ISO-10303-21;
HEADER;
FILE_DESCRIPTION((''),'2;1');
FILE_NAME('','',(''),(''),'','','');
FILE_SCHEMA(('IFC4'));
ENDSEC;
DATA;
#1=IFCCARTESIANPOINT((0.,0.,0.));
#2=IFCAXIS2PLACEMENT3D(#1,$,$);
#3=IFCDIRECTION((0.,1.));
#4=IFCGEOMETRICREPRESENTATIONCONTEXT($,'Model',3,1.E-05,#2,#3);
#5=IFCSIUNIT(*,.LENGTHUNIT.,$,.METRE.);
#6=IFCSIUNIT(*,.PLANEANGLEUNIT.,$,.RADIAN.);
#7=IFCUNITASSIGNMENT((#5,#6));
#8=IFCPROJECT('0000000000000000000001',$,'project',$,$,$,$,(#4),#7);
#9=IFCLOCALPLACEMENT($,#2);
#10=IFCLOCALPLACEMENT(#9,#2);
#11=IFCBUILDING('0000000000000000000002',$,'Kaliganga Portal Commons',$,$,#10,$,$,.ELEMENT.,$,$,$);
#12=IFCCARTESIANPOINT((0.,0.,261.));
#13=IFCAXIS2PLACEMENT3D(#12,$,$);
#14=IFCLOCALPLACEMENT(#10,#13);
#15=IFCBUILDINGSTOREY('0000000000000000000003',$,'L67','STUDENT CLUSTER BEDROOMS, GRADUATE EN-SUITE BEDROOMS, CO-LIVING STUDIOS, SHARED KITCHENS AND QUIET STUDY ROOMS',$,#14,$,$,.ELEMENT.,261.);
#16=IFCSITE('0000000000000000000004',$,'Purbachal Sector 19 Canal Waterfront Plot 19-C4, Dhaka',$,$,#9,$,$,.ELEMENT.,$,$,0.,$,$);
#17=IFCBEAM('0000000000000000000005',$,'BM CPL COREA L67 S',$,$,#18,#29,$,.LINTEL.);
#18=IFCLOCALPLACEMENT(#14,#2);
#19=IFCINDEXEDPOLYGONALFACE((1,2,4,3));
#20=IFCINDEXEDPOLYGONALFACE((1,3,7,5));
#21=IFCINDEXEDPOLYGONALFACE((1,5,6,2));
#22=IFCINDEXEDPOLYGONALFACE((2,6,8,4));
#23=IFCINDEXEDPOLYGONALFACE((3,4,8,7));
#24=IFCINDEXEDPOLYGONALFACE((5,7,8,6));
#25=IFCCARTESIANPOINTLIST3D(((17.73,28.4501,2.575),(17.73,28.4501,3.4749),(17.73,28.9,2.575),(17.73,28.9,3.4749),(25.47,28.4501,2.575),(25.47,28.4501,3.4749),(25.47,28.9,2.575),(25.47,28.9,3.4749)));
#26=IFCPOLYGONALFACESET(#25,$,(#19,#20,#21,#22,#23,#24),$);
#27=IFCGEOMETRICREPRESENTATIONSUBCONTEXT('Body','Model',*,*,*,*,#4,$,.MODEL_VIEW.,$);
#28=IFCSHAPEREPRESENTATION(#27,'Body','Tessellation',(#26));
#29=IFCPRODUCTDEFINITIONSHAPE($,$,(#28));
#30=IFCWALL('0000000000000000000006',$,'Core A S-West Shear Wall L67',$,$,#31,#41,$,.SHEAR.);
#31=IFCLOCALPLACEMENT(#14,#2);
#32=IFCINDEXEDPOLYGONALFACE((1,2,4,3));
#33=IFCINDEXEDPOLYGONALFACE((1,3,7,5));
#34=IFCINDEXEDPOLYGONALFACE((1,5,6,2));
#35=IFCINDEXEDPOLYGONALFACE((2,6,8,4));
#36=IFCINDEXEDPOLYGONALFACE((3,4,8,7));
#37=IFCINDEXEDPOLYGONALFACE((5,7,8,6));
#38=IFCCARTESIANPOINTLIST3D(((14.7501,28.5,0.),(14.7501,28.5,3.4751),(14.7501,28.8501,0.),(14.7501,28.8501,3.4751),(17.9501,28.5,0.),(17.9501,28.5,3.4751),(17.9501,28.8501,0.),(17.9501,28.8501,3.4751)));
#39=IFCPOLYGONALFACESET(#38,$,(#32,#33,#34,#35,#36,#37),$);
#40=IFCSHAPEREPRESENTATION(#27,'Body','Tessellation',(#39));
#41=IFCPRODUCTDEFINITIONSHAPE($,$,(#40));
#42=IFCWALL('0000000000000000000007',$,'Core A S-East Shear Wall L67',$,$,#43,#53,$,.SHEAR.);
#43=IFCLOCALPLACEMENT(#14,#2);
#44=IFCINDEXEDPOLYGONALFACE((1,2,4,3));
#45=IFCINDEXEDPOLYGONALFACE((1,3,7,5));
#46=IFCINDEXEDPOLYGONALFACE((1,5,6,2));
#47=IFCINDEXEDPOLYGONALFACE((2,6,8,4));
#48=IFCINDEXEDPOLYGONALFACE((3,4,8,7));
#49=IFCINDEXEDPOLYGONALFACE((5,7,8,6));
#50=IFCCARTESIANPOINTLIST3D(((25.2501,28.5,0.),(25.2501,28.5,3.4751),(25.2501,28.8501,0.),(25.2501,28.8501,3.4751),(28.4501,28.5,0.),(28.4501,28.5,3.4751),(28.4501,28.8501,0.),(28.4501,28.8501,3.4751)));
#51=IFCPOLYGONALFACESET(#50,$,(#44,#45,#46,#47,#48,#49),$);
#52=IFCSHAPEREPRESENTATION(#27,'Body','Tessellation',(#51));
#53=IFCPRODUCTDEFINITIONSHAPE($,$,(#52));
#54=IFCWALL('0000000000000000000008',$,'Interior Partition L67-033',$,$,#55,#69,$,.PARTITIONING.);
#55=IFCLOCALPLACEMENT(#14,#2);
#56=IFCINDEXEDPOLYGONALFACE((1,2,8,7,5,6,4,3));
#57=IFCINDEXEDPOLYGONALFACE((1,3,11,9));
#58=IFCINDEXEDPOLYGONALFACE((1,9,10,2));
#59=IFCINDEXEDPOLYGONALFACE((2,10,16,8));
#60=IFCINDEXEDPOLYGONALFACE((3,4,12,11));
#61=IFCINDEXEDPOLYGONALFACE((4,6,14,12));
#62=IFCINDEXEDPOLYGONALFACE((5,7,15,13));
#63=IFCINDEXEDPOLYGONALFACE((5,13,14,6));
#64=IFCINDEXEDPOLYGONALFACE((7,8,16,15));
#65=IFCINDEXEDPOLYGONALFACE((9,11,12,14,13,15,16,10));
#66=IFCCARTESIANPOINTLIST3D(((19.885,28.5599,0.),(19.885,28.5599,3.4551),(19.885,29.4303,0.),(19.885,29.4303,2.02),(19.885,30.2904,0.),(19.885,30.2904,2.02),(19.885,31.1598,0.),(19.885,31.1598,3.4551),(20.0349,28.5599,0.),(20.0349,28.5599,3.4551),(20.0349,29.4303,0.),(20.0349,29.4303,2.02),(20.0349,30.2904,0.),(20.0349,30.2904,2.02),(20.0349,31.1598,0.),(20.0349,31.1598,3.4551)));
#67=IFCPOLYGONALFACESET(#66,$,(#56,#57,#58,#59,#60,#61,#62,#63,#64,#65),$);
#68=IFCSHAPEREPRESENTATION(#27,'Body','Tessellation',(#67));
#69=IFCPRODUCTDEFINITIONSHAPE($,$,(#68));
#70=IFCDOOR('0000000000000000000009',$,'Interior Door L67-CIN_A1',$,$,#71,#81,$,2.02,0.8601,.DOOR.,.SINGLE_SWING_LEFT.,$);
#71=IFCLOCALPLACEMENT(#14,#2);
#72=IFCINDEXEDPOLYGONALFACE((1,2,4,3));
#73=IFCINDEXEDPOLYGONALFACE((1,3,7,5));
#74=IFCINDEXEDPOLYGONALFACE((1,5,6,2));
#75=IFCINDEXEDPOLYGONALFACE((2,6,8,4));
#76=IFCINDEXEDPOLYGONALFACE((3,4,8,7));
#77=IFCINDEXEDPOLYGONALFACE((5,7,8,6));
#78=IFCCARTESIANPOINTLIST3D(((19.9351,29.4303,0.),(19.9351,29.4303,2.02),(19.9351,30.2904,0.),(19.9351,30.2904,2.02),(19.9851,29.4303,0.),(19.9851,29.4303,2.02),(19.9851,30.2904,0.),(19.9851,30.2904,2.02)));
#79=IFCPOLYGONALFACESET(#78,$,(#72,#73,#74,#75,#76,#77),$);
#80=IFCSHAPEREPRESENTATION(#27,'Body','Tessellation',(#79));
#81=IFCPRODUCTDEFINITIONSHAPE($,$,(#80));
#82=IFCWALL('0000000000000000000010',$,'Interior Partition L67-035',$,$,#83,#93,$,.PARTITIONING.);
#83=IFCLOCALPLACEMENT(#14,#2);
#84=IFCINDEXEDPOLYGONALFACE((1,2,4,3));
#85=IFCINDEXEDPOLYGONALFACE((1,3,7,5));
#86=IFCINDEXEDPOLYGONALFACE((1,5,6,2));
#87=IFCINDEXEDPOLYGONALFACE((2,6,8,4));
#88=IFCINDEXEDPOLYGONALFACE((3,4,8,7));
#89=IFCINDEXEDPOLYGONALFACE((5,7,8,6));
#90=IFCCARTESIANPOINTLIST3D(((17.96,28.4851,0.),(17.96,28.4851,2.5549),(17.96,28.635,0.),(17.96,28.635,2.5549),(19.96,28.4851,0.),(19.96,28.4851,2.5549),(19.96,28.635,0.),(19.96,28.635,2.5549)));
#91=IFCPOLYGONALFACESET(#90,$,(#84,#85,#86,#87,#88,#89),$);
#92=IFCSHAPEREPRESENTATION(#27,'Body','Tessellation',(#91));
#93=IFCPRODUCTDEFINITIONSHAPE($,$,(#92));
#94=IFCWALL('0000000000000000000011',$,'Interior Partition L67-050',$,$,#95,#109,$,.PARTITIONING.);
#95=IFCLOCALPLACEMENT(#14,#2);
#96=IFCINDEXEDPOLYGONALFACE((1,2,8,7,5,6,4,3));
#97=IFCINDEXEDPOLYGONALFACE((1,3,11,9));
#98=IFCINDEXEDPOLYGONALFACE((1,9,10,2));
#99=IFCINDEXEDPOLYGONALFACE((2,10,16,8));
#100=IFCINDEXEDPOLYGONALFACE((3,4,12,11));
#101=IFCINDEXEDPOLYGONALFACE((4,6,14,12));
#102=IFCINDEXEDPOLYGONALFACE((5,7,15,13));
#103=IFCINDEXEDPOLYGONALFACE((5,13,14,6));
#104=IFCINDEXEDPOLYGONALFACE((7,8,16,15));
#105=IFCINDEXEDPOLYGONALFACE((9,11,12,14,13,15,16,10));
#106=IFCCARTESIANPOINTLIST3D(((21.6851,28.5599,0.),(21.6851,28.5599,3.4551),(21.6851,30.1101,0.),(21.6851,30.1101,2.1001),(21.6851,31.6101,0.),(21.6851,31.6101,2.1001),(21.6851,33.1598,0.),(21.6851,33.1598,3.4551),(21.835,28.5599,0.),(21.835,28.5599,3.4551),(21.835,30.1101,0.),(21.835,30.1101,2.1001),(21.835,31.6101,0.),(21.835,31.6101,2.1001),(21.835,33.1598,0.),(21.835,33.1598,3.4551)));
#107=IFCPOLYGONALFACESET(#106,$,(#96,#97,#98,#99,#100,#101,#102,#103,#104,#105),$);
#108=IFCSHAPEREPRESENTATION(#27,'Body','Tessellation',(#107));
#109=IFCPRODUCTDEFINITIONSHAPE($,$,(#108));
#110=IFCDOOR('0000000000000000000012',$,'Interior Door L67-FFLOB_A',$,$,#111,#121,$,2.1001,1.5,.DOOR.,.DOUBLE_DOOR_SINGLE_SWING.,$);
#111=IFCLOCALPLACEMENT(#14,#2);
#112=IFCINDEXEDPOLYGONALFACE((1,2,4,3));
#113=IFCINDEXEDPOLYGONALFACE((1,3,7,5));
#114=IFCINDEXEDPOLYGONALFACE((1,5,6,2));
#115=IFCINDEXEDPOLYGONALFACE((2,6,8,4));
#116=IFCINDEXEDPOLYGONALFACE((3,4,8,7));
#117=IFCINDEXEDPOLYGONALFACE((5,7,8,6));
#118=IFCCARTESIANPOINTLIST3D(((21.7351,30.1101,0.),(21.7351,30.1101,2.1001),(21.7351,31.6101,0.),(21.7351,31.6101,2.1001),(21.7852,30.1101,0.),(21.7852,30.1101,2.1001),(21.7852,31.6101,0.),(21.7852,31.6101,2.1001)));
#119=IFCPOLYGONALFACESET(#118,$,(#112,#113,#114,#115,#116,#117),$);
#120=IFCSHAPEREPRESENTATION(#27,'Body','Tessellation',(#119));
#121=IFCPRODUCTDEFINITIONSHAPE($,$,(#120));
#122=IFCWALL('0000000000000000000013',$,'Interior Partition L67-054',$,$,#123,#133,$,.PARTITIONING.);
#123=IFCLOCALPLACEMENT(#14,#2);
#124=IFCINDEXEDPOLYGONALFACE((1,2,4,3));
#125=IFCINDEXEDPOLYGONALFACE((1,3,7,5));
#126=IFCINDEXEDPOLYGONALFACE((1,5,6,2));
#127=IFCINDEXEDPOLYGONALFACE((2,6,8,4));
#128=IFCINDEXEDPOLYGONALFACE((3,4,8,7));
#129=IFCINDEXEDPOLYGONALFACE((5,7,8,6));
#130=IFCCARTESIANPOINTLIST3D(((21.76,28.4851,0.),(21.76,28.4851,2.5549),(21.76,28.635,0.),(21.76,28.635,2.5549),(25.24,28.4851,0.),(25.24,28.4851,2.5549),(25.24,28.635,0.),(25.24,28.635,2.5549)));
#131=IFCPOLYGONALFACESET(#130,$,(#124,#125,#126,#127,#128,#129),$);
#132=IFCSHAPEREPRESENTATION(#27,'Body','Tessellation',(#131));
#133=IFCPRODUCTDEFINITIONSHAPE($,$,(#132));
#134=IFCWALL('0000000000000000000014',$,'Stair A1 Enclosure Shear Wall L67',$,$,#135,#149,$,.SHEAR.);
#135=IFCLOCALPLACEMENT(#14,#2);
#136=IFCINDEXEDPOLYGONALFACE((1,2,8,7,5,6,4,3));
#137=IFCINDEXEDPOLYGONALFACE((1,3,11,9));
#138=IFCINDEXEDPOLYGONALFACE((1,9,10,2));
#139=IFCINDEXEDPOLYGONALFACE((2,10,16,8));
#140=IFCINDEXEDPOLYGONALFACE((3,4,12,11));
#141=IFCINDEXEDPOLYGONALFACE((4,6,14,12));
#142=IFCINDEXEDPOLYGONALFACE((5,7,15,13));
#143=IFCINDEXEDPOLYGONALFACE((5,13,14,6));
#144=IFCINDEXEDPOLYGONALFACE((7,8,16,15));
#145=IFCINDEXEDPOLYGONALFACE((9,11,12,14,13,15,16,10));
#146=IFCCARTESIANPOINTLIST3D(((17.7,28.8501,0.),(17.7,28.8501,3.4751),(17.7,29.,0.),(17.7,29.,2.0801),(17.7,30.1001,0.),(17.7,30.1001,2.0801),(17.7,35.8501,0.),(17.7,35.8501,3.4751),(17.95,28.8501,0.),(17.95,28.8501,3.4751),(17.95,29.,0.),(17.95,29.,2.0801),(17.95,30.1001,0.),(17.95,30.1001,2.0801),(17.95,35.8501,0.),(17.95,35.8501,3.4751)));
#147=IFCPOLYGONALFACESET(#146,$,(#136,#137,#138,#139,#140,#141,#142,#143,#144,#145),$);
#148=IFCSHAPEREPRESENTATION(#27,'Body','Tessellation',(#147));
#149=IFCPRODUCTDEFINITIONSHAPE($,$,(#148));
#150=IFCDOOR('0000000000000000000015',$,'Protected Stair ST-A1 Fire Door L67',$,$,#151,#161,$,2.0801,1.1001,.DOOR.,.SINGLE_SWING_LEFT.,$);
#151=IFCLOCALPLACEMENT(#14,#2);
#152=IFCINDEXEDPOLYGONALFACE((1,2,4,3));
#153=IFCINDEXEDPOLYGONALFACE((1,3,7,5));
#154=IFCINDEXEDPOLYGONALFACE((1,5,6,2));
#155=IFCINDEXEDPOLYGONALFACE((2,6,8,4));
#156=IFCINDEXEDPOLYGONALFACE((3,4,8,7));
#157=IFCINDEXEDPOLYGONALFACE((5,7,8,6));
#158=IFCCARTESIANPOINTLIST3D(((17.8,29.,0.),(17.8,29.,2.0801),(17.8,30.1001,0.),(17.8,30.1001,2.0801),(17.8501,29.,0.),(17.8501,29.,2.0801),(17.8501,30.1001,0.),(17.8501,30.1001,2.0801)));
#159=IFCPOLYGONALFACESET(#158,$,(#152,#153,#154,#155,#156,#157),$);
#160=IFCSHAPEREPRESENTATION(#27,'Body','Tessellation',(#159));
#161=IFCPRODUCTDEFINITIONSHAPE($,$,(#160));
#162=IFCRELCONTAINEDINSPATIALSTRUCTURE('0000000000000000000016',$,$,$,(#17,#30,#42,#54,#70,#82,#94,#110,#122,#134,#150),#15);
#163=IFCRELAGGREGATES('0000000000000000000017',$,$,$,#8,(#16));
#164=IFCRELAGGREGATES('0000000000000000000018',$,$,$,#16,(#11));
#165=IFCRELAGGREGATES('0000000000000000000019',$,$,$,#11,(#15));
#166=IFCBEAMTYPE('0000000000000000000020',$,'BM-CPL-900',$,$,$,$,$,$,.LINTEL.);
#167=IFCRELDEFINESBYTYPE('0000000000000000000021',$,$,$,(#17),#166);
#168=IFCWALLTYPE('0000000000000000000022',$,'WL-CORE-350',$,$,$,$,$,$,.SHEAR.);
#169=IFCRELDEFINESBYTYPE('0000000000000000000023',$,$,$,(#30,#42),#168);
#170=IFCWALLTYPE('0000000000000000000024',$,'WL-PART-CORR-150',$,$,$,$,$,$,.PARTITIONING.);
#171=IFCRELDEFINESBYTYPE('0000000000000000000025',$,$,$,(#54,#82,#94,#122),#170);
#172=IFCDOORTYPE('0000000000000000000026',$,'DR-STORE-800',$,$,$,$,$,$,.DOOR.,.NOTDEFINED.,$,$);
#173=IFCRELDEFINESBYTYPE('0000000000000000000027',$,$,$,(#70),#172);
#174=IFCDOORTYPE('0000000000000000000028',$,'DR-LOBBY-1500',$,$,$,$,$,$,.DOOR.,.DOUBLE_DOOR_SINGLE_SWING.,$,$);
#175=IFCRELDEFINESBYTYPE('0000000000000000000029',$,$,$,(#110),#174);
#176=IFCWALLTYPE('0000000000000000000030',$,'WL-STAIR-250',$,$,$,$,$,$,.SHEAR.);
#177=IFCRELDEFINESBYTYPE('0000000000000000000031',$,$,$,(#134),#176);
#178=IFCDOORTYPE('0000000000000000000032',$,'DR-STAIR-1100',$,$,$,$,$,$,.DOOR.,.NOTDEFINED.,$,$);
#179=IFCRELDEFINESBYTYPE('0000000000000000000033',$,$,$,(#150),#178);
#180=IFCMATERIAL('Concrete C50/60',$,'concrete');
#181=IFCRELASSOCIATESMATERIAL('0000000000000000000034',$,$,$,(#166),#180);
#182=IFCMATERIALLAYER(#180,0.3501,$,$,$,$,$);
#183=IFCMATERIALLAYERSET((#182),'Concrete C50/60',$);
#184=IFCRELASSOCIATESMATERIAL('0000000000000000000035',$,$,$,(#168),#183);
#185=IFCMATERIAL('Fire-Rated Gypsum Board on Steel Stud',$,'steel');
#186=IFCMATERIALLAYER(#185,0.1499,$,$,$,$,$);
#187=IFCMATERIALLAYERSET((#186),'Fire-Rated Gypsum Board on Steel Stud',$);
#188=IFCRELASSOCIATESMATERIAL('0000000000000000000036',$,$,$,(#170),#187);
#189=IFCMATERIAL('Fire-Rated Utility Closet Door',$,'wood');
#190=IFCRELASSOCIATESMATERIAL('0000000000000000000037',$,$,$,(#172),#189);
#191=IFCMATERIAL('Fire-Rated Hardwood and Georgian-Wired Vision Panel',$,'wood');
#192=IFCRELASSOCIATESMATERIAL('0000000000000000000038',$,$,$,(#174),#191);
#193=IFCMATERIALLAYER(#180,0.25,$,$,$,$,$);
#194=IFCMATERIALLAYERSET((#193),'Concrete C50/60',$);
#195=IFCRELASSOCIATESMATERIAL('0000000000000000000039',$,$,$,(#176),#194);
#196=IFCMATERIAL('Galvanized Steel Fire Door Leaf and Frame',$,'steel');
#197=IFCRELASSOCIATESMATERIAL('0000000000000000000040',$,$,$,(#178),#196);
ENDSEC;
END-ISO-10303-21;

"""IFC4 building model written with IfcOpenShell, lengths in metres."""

from ifc_helpers import new_model, si_unit, direction, frame, frame_2d, origin, origin_2d, place, context, subcontext, project, spatial, rectangle, extrude, source, transform, mapped, material, layer, layer_set, material_profile, profile_set, type_object, element, fill, save


model = new_model("IFC4")

# Units and contexts
model_context = context("Model", 3, precision=1e-05, world=origin(), true_north=direction((0.0, 1.0)))
body_context = subcontext(model_context, "Body", "Model", "MODEL_VIEW")
ifc_project = project(units=[si_unit("LENGTHUNIT", "METRE"), si_unit("PLANEANGLEUNIT", "RADIAN")], contexts=[model_context])

# Site, building, storey
site_placement = place(None, origin())
site = spatial("IfcSite", under=ifc_project, at=site_placement, Name="Purbachal Sector 19 Canal Waterfront Plot 19-C4, Dhaka", CompositionType="ELEMENT", RefElevation=0.0)
building_placement = place(site_placement, origin())
building = spatial("IfcBuilding", under=site, at=building_placement, Name="Kaliganga Portal Commons", CompositionType="ELEMENT")
storey_placement = place(building_placement, frame((0.0, 0.0, 261.0)))
storey = spatial("IfcBuildingStorey", under=building, at=storey_placement, Name="L67", Description="STUDENT CLUSTER BEDROOMS, GRADUATE EN-SUITE BEDROOMS, CO-LIVING STUDIOS, SHARED KITCHENS AND QUIET STUDY ROOMS", CompositionType="ELEMENT", Elevation=261.0)

# Beam
ifc_material_1 = material(Name="Concrete C50/60", Category="concrete")
ifc_material_profile = material_profile(ifc_material_1, rectangle(XDim=0.45, YDim=0.8999, at=origin_2d()), Name="RC 450x900")
ifc_profile_set = profile_set([ifc_material_profile], Name="Concrete C50/60")
beam_type = type_object("IfcBeamType", Name="BM-CPL-900", PredefinedType="LINTEL", material=ifc_profile_set)
shared_shape_1 = source(origin(), body_context, "Body", "SweptSolid", [
    extrude(rectangle(XDim=0.45, YDim=0.8999, at=origin_2d()), origin(), (0.0, 0.0, 1.0), 7.74),
])
beam_placement = place(storey_placement, frame((17.73, 28.675, 3.0249), z_axis=(1.0, 0.0, 0.0), x_axis=(0.0, 1.0, 0.0)))
element("IfcBeam", 1, at=beam_placement, inside=storey, type_object=beam_type, Name="BM CPL COREA L67 S", PredefinedType="LINTEL", context=body_context, shape_type="MappedRepresentation", body=[
    mapped(shared_shape_1, transform((0.0, 0.0, 0.0), x_axis=(1.0, 0.0, 0.0), y_axis=(0.0, 1.0, 0.0), z_axis=(0.0, 0.0, 1.0), scale=1.0)),
])

# Walls
ifc_layer_1 = layer(ifc_material_1, 0.3501)
ifc_layer_set_1 = layer_set([ifc_layer_1], Name="Concrete C50/60")
wall_type_1 = type_object("IfcWallType", Name="WL-CORE-350", PredefinedType="SHEAR", material=ifc_layer_set_1)
for number, where, z_axis, x_axis, name in (
    (2, (14.75, 28.675, 0.0), (0.0, 0.0, 1.0), (1.0, 0.0, 0.0), "Core A S-West Shear Wall L67"),
    (3, (25.25, 28.675, 0.0), (0.0, 0.0, 1.0), (1.0, 0.0, 0.0), "Core A S-East Shear Wall L67"),
):
    element("IfcWall", number, at=place(storey_placement, frame(where, z_axis=z_axis, x_axis=x_axis)), inside=storey, type_object=wall_type_1, Name=name, PredefinedType="SHEAR", context=body_context, shape_type="SweptSolid", body=[
        extrude(rectangle(XDim=3.2, YDim=0.3501, at=frame_2d((1.6001, 0.0))), origin(), (0.0, 0.0, 1.0), 3.4751),
    ])

# Wall, opening, door
ifc_material_2 = material(Name="Fire-Rated Gypsum Board on Steel Stud", Category="steel")
ifc_layer_2 = layer(ifc_material_2, 0.1499)
ifc_layer_set_2 = layer_set([ifc_layer_2], Name="Fire-Rated Gypsum Board on Steel Stud")
wall_type_2 = type_object("IfcWallType", Name="WL-PART-CORR-150", PredefinedType="PARTITIONING", material=ifc_layer_set_2)
wall_1_placement = place(storey_placement, frame((19.96, 28.5601, 0.0), z_axis=(0.0, 0.0, 1.0), x_axis=(0.0, 1.0, 0.0)))
wall_1 = element("IfcWall", 4, at=wall_1_placement, inside=storey, type_object=wall_type_2, Name="Interior Partition L67-033", PredefinedType="PARTITIONING", context=body_context, shape_type="SweptSolid", body=[
    extrude(rectangle(XDim=2.5999, YDim=0.1499, at=frame_2d((1.2998, 0.0))), origin(), (0.0, 0.0, 1.0), 3.4551),
])
opening_1_placement = place(wall_1_placement, frame((0.8701, 0.0, 0.0)))
opening_1 = element("IfcOpeningElement", 5, at=opening_1_placement, cuts=wall_1, PredefinedType="OPENING", context=body_context, shape_type="SweptSolid", body=[
    extrude(rectangle(XDim=0.8601, YDim=2.02, at=frame_2d((0.4302, 1.01))), frame((0.0, 0.085, 0.0), z_axis=(0.0, -1.0, 0.0), x_axis=(1.0, 0.0, 0.0)), (0.0, 0.0, 1.0), 0.1699),
])
ifc_material_3 = material(Name="Fire-Rated Utility Closet Door", Category="wood")
door_type_1 = type_object("IfcDoorType", Name="DR-STORE-800", OperationType="NOTDEFINED", PredefinedType="DOOR", material=ifc_material_3)
door_1_placement = place(opening_1_placement, origin())
door_1 = element("IfcDoor", 6, at=door_1_placement, inside=storey, type_object=door_type_1, Name="Interior Door L67-CIN_A1", OperationType="SINGLE_SWING_LEFT", OverallHeight=2.02, OverallWidth=0.8601, PredefinedType="DOOR", context=body_context, shape_type="SweptSolid", body=[
    extrude(rectangle(XDim=0.8601, YDim=2.02, at=frame_2d((0.4302, 1.01))), frame((0.0, 0.0249, 0.0), z_axis=(0.0, -1.0, 0.0), x_axis=(1.0, 0.0, 0.0)), (0.0, 0.0, 1.0), 0.05),
])
fill(opening_1, door_1)

# Wall
wall_2_placement = place(storey_placement, frame((17.96, 28.5601, 0.0), z_axis=(0.0, 0.0, 1.0), x_axis=(1.0, 0.0, 0.0)))
element("IfcWall", 7, at=wall_2_placement, inside=storey, type_object=wall_type_2, Name="Interior Partition L67-035", PredefinedType="PARTITIONING", context=body_context, shape_type="SweptSolid", body=[
    extrude(rectangle(XDim=2.0, YDim=0.1499, at=frame_2d((1.0, 0.0))), origin(), (0.0, 0.0, 1.0), 2.5549),
])

# Wall, opening, door
wall_3_placement = place(storey_placement, frame((21.76, 28.5601, 0.0), z_axis=(0.0, 0.0, 1.0), x_axis=(0.0, 1.0, 0.0)))
wall_3 = element("IfcWall", 8, at=wall_3_placement, inside=storey, type_object=wall_type_2, Name="Interior Partition L67-050", PredefinedType="PARTITIONING", context=body_context, shape_type="SweptSolid", body=[
    extrude(rectangle(XDim=4.5999, YDim=0.1499, at=frame_2d((2.2998, 0.0))), origin(), (0.0, 0.0, 1.0), 3.4551),
])
opening_2_placement = place(wall_3_placement, frame((1.55, 0.0, 0.0)))
opening_2 = element("IfcOpeningElement", 9, at=opening_2_placement, cuts=wall_3, PredefinedType="OPENING", context=body_context, shape_type="SweptSolid", body=[
    extrude(rectangle(XDim=1.5, YDim=2.1001, at=frame_2d((0.75, 1.05))), frame((0.0, 0.085, 0.0), z_axis=(0.0, -1.0, 0.0), x_axis=(1.0, 0.0, 0.0)), (0.0, 0.0, 1.0), 0.1699),
])
ifc_material_4 = material(Name="Fire-Rated Hardwood and Georgian-Wired Vision Panel", Category="wood")
door_type_2 = type_object("IfcDoorType", Name="DR-LOBBY-1500", OperationType="DOUBLE_DOOR_SINGLE_SWING", PredefinedType="DOOR", material=ifc_material_4)
door_2_placement = place(opening_2_placement, origin())
door_2 = element("IfcDoor", 10, at=door_2_placement, inside=storey, type_object=door_type_2, Name="Interior Door L67-FFLOB_A", OperationType="DOUBLE_DOOR_SINGLE_SWING", OverallHeight=2.1001, OverallWidth=1.5, PredefinedType="DOOR", context=body_context, shape_type="SweptSolid", body=[
    extrude(rectangle(XDim=1.5, YDim=2.1001, at=frame_2d((0.75, 1.05))), frame((0.0, 0.0249, 0.0), z_axis=(0.0, -1.0, 0.0), x_axis=(1.0, 0.0, 0.0)), (0.0, 0.0, 1.0), 0.05),
])
fill(opening_2, door_2)

# Wall
wall_4_placement = place(storey_placement, frame((21.76, 28.5601, 0.0), z_axis=(0.0, 0.0, 1.0), x_axis=(1.0, 0.0, 0.0)))
element("IfcWall", 11, at=wall_4_placement, inside=storey, type_object=wall_type_2, Name="Interior Partition L67-054", PredefinedType="PARTITIONING", context=body_context, shape_type="SweptSolid", body=[
    extrude(rectangle(XDim=3.48, YDim=0.1499, at=frame_2d((1.74, 0.0))), origin(), (0.0, 0.0, 1.0), 2.5549),
])

# Wall, opening, door
ifc_layer_3 = layer(ifc_material_1, 0.25)
ifc_layer_set_3 = layer_set([ifc_layer_3], Name="Concrete C50/60")
wall_type_3 = type_object("IfcWallType", Name="WL-STAIR-250", PredefinedType="SHEAR", material=ifc_layer_set_3)
wall_5_placement = place(storey_placement, frame((17.825, 28.8501, 0.0), z_axis=(0.0, 0.0, 1.0), x_axis=(0.0, 1.0, 0.0)))
wall_5 = element("IfcWall", 12, at=wall_5_placement, inside=storey, type_object=wall_type_3, Name="Stair A1 Enclosure Shear Wall L67", PredefinedType="SHEAR", context=body_context, shape_type="SweptSolid", body=[
    extrude(rectangle(XDim=7.0, YDim=0.25, at=frame_2d((3.5, 0.0))), origin(), (0.0, 0.0, 1.0), 3.4751),
])
opening_3_placement = place(wall_5_placement, frame((0.1499, 0.0, 0.0)))
opening_3 = element("IfcOpeningElement", 13, at=opening_3_placement, cuts=wall_5, PredefinedType="OPENING", context=body_context, shape_type="SweptSolid", body=[
    extrude(rectangle(XDim=1.1001, YDim=2.0801, at=frame_2d((0.55, 1.04))), frame((0.0, 0.135, 0.0), z_axis=(0.0, -1.0, 0.0), x_axis=(1.0, 0.0, 0.0)), (0.0, 0.0, 1.0), 0.27),
])
ifc_material_5 = material(Name="Galvanized Steel Fire Door Leaf and Frame", Category="steel")
door_type_3 = type_object("IfcDoorType", Name="DR-STAIR-1100", OperationType="NOTDEFINED", PredefinedType="DOOR", material=ifc_material_5)
door_3_placement = place(opening_3_placement, origin())
door_3 = element("IfcDoor", 14, at=door_3_placement, inside=storey, type_object=door_type_3, Name="Protected Stair ST-A1 Fire Door L67", OperationType="SINGLE_SWING_LEFT", OverallHeight=2.0801, OverallWidth=1.1001, PredefinedType="DOOR", context=body_context, shape_type="SweptSolid", body=[
    extrude(rectangle(XDim=1.1001, YDim=2.0801, at=frame_2d((0.55, 1.04))), frame((0.0, 0.0249, 0.0), z_axis=(0.0, -1.0, 0.0), x_axis=(1.0, 0.0, 0.0)), (0.0, 0.0, 1.0), 0.05),
])
fill(opening_3, door_3)

save(model, "model.ifc")
